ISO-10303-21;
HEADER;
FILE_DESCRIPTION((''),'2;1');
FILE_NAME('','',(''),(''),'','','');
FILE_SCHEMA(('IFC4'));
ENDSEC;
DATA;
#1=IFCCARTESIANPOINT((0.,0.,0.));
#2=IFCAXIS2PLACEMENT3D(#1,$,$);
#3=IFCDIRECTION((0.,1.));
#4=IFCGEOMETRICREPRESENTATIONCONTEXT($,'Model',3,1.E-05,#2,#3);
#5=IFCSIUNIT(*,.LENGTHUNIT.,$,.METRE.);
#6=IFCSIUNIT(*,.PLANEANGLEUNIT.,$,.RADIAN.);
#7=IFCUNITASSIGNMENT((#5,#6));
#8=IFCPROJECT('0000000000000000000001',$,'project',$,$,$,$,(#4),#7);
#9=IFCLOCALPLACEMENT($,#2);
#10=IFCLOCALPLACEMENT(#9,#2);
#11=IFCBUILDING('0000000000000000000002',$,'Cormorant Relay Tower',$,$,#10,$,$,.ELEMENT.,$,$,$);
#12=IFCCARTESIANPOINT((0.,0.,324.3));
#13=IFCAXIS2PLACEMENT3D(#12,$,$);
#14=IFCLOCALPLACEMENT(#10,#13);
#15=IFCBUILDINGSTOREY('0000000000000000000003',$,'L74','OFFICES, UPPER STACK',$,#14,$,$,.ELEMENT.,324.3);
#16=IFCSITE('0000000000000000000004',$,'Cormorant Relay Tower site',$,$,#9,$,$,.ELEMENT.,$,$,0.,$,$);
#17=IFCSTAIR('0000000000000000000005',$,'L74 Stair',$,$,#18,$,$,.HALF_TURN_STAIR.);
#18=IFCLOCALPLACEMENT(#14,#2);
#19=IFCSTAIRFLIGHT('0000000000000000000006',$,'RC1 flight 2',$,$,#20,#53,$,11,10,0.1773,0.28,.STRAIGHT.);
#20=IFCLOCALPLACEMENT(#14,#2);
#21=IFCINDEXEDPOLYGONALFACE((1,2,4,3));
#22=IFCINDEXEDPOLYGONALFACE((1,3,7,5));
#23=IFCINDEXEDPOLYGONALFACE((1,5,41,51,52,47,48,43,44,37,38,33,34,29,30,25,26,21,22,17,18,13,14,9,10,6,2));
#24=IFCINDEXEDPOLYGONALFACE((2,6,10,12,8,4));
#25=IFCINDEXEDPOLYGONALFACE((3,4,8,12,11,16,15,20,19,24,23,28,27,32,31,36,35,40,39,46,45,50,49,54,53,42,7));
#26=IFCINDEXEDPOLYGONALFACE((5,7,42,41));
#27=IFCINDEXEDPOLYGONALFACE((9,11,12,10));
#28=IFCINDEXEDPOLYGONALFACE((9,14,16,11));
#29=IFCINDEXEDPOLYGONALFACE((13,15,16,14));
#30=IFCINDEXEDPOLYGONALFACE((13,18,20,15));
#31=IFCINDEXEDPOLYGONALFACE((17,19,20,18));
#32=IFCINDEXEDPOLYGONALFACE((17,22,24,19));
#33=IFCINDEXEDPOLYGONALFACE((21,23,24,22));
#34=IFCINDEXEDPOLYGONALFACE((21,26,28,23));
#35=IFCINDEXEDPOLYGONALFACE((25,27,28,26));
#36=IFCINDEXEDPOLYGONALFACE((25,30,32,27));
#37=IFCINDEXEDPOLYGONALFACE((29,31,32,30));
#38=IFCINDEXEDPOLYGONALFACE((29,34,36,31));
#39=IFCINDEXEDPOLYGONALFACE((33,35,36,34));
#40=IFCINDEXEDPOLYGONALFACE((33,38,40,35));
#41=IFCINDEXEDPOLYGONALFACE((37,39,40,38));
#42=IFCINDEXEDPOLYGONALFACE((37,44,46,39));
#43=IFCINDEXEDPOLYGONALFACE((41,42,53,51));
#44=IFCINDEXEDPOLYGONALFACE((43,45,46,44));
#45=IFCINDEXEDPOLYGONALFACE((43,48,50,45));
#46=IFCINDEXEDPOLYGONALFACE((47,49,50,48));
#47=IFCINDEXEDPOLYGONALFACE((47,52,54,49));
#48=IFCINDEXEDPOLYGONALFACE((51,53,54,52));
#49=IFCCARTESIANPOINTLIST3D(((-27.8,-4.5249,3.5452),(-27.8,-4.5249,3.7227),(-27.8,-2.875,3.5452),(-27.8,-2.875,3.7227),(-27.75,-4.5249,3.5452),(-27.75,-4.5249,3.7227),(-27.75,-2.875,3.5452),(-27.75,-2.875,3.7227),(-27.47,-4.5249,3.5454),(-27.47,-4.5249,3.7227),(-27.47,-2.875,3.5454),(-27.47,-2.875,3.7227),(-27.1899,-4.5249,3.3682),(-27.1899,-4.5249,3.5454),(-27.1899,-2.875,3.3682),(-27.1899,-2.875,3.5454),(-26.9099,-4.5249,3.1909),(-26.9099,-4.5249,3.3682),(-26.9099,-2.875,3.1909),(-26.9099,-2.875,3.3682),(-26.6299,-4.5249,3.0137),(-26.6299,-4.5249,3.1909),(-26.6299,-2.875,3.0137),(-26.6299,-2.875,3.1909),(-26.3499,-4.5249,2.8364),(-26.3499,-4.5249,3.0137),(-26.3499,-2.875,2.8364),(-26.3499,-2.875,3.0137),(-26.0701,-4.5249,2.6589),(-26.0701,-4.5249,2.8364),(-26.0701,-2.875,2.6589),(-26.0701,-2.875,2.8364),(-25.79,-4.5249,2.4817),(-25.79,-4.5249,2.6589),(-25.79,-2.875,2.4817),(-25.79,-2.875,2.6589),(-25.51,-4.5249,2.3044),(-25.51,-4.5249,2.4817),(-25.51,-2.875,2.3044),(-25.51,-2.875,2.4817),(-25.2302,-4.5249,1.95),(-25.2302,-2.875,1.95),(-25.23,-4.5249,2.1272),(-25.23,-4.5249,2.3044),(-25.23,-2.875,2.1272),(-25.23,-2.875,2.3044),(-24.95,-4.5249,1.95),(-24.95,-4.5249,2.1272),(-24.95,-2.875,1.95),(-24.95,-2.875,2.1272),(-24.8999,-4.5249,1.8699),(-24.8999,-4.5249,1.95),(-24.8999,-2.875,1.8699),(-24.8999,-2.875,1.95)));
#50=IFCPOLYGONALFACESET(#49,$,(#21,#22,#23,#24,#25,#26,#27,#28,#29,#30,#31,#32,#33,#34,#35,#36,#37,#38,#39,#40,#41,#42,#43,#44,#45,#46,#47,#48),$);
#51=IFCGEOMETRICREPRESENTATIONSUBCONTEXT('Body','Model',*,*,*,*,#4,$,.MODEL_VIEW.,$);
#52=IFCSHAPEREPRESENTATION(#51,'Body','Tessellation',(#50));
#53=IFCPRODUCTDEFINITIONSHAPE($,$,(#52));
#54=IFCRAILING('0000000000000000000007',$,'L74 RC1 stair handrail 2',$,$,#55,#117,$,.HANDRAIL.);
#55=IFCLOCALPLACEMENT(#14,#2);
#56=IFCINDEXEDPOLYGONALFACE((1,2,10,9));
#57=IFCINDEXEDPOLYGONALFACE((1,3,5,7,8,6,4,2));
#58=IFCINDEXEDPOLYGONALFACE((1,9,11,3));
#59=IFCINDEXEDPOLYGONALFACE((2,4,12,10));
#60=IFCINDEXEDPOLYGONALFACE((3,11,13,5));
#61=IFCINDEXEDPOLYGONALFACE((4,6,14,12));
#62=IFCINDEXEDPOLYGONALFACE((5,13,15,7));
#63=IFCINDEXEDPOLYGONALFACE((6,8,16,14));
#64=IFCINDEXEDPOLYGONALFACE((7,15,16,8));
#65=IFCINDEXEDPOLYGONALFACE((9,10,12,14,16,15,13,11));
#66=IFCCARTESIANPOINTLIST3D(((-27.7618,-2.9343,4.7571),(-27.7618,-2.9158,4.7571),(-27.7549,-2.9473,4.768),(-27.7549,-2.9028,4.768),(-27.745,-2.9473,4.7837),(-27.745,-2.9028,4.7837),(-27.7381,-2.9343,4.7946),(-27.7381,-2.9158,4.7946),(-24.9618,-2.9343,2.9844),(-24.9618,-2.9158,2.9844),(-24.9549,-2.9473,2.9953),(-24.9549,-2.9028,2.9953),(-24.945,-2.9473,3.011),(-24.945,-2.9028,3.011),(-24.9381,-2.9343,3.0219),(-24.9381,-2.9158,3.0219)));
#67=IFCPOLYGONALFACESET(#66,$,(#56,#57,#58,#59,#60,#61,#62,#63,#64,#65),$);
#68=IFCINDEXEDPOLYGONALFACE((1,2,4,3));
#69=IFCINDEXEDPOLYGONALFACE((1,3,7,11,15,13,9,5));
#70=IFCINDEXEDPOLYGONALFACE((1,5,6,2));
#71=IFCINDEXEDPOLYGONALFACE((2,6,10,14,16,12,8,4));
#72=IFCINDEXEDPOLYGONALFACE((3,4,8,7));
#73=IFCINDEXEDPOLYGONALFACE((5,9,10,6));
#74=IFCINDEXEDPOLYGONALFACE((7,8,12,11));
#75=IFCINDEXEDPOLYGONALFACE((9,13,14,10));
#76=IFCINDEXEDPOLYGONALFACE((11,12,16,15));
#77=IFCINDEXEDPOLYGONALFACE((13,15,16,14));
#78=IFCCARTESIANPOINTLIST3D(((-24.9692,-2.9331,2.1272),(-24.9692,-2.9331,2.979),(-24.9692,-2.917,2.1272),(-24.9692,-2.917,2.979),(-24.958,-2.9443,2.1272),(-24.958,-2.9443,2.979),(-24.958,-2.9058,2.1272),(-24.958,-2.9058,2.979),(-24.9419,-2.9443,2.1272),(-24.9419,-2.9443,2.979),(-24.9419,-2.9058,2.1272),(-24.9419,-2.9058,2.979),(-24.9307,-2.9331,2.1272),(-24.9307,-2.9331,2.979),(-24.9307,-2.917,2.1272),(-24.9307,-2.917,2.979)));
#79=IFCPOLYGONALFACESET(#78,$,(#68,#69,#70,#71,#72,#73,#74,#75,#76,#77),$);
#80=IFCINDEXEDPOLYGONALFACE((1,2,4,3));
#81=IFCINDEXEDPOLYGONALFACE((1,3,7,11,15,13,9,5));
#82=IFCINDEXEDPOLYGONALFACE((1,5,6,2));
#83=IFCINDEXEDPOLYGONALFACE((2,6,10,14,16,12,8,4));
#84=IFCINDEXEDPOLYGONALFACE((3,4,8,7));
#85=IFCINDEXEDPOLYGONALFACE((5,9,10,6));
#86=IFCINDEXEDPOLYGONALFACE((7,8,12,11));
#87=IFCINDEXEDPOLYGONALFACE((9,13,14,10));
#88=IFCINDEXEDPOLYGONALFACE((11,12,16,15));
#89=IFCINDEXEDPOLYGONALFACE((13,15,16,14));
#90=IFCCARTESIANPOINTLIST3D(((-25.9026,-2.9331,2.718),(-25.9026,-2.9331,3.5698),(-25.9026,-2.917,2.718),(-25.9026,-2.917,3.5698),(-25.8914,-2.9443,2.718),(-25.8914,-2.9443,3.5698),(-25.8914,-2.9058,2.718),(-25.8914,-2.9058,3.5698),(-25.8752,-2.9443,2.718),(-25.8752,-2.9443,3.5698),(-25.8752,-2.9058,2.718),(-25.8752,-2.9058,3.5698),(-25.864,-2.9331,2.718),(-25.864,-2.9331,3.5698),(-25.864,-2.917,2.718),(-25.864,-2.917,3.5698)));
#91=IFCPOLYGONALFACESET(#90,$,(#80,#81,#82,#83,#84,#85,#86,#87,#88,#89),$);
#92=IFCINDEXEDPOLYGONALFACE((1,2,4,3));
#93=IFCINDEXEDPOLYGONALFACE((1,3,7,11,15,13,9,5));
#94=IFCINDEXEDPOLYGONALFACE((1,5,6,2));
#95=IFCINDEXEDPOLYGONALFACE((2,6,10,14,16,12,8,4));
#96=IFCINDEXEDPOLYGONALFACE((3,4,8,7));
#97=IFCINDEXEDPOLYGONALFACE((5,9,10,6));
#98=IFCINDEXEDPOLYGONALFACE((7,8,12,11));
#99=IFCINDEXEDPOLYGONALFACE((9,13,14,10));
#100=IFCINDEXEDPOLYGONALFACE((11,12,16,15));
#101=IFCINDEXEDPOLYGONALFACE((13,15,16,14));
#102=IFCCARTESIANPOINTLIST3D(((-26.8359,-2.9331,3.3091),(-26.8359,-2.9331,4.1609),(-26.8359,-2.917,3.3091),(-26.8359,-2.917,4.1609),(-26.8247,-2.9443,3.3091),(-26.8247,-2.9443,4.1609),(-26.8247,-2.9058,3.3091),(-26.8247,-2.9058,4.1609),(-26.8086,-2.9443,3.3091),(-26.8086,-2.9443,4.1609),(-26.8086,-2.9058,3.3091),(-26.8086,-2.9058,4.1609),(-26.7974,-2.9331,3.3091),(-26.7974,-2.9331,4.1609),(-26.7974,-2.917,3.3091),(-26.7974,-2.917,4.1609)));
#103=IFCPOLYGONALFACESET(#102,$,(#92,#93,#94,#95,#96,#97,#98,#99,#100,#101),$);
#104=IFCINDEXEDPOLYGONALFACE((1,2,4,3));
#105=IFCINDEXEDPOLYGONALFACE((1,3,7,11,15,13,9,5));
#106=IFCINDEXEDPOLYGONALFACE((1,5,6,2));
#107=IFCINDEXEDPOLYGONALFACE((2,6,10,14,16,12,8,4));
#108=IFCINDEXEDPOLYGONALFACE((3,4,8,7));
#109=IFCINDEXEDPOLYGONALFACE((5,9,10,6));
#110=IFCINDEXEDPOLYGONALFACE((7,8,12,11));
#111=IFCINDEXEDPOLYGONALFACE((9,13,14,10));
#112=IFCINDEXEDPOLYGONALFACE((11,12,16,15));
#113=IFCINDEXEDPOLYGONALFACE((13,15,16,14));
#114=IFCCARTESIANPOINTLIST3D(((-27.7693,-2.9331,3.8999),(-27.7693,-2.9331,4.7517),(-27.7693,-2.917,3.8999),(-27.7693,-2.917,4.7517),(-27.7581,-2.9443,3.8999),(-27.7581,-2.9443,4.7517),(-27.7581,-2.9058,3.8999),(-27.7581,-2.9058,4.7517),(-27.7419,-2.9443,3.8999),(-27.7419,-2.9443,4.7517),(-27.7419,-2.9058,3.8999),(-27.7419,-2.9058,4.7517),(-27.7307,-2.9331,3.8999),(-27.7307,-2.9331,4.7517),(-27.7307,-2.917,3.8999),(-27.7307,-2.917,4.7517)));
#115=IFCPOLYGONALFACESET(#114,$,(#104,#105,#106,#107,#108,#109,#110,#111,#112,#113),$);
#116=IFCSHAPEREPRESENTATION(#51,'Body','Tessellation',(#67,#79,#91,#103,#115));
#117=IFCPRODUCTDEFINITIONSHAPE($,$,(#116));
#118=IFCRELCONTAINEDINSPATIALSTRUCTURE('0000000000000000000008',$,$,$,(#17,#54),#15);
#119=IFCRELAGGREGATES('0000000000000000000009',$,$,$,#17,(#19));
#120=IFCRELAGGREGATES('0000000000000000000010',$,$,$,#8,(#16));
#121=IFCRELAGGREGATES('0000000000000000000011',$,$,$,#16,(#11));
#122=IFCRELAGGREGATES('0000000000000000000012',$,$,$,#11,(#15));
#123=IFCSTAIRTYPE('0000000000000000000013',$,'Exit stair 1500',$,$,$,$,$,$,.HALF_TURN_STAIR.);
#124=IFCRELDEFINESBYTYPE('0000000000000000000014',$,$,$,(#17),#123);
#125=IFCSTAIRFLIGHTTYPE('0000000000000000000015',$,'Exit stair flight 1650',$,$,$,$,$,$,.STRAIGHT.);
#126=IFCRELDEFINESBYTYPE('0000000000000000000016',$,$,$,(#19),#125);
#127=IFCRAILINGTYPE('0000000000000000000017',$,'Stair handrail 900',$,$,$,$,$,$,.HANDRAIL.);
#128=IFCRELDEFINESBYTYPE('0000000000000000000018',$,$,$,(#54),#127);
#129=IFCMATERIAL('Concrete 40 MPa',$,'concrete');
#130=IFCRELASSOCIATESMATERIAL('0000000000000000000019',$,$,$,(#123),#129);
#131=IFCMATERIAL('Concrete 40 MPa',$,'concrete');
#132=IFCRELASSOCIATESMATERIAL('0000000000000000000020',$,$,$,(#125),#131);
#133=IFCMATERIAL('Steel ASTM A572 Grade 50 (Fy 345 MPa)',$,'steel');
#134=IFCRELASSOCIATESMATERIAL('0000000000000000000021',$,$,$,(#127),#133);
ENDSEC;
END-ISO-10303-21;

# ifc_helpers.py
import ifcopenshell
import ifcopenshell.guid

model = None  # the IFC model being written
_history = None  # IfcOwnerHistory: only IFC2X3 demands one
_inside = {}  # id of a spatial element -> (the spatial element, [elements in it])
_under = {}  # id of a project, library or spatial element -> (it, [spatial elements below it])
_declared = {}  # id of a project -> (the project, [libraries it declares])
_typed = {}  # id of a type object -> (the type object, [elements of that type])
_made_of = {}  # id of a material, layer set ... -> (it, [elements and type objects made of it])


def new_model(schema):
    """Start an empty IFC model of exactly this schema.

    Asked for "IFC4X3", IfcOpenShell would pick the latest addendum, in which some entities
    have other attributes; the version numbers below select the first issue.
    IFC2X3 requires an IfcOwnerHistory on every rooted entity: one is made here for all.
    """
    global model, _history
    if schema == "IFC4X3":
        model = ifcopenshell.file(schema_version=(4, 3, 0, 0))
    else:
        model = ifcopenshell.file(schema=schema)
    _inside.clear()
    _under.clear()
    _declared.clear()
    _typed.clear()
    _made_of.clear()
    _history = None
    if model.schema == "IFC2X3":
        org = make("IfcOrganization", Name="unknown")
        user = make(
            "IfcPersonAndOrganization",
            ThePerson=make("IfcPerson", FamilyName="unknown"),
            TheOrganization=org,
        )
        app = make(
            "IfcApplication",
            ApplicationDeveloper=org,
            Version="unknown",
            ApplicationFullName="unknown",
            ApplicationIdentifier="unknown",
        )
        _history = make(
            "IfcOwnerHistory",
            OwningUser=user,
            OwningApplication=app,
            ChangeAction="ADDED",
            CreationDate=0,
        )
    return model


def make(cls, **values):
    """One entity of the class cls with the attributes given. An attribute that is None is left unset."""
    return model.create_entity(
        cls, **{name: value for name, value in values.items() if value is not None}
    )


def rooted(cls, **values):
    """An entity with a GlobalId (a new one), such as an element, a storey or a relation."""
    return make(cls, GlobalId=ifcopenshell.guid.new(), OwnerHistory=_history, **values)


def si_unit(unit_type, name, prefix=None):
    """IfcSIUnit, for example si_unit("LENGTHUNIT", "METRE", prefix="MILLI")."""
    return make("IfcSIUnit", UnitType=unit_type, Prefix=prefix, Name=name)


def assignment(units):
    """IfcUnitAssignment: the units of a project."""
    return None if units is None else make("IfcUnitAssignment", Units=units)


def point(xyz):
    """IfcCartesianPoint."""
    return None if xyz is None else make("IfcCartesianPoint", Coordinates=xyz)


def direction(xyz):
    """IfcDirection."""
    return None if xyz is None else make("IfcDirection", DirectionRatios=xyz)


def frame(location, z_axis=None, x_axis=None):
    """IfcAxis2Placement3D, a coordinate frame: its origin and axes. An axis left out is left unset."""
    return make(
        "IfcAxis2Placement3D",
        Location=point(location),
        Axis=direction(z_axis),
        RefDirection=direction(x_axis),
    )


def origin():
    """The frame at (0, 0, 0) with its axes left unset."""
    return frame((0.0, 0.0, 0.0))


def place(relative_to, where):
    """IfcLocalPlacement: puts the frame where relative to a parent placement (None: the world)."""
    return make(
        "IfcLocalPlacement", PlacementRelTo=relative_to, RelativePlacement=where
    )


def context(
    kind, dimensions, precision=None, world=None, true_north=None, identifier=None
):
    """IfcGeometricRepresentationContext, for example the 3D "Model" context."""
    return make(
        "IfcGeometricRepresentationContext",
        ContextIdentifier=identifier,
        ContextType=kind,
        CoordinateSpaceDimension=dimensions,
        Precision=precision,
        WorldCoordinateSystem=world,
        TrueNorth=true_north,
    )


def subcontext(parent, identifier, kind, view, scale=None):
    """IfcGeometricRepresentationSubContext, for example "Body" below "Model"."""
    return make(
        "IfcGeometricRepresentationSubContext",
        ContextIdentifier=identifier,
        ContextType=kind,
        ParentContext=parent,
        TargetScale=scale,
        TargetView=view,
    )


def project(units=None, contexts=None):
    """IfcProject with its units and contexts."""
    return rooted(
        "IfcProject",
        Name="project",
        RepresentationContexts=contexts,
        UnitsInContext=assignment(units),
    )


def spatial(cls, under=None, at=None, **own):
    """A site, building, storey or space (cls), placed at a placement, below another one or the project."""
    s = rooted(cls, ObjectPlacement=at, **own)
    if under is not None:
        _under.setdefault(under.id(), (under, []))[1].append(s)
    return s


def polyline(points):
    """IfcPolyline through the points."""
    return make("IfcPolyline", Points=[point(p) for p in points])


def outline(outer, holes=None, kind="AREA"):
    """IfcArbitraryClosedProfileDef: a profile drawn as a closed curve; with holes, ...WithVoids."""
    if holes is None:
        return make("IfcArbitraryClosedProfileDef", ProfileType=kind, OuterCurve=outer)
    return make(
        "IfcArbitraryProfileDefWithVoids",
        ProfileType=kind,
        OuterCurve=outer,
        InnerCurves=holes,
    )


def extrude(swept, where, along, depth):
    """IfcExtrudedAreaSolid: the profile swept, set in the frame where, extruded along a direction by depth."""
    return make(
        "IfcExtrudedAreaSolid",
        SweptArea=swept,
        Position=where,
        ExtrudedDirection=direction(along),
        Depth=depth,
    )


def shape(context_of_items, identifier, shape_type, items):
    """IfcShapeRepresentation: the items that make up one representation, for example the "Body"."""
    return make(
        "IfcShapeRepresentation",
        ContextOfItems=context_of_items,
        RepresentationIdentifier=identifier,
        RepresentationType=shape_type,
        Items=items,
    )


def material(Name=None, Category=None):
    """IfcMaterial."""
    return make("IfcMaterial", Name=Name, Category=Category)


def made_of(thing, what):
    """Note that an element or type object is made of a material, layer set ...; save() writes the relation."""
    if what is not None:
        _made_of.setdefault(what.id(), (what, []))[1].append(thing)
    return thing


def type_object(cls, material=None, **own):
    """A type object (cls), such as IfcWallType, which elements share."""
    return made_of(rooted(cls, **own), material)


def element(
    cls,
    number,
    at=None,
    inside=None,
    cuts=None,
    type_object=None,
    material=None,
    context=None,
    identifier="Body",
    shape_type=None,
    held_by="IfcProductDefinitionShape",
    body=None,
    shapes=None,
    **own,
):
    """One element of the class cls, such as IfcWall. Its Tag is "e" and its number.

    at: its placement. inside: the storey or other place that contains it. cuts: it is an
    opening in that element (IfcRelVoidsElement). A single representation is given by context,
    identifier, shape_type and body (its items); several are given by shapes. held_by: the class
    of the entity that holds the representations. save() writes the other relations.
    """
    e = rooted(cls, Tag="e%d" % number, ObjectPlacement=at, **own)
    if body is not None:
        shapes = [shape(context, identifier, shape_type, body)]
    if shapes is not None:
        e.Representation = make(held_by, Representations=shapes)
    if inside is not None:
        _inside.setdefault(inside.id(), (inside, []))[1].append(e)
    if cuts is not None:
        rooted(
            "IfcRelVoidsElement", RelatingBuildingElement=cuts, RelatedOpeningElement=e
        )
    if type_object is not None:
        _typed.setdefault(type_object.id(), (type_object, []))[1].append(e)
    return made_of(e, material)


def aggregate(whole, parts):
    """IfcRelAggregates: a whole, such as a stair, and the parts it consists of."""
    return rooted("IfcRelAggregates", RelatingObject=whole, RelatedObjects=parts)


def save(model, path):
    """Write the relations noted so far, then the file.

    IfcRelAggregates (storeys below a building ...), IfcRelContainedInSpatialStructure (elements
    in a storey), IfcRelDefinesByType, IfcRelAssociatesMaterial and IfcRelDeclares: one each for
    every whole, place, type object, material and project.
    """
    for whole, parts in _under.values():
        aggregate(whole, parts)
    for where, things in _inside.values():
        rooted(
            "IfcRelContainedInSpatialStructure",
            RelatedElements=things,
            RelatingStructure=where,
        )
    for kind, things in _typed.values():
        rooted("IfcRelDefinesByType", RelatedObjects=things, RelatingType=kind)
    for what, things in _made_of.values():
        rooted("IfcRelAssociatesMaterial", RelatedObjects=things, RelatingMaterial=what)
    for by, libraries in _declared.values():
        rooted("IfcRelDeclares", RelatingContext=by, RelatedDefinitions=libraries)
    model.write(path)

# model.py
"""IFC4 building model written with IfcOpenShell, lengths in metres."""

from ifc_helpers import new_model, si_unit, direction, frame, origin, place, context, subcontext, project, spatial, polyline, outline, extrude, material, type_object, element, aggregate, save


model = new_model("IFC4")

# Units and contexts
model_context = context("Model", 3, precision=1e-05, world=origin(), true_north=direction((0.0, 1.0)))
body_context = subcontext(model_context, "Body", "Model", "MODEL_VIEW")
ifc_project = project(units=[si_unit("LENGTHUNIT", "METRE"), si_unit("PLANEANGLEUNIT", "RADIAN")], contexts=[model_context])

# Site, building, storey
site_placement = place(None, origin())
site = spatial("IfcSite", under=ifc_project, at=site_placement, Name="Cormorant Relay Tower site", CompositionType="ELEMENT", RefElevation=0.0)
building_placement = place(site_placement, origin())
building = spatial("IfcBuilding", under=site, at=building_placement, Name="Cormorant Relay Tower", CompositionType="ELEMENT")
storey_placement = place(building_placement, frame((0.0, 0.0, 324.3)))
storey = spatial("IfcBuildingStorey", under=building, at=storey_placement, Name="L74", Description="OFFICES, UPPER STACK", CompositionType="ELEMENT", Elevation=324.3)

# Stair, stair flight
ifc_material_1 = material(Name="Concrete 40 MPa", Category="concrete")
stair_type = type_object("IfcStairType", Name="Exit stair 1500", PredefinedType="HALF_TURN_STAIR", material=ifc_material_1)
stair_placement = place(storey_placement, origin())
stair = element("IfcStair", 1, at=stair_placement, inside=storey, type_object=stair_type, Name="L74 Stair", PredefinedType="HALF_TURN_STAIR")
ifc_material_2 = material(Name="Concrete 40 MPa", Category="concrete")
stair_flight_type = type_object("IfcStairFlightType", Name="Exit stair flight 1650", PredefinedType="STRAIGHT", material=ifc_material_2)
stair_flight_placement = place(storey_placement, frame((-24.95, -3.7, 1.95), z_axis=(0.0, 0.0, 1.0), x_axis=(-1.0, 0.0, 0.0)))
stair_flight = element("IfcStairFlight", 2, at=stair_flight_placement, type_object=stair_flight_type, Name="RC1 flight 2", NumberOfRisers=11, NumberOfTreads=10, PredefinedType="STRAIGHT", RiserHeight=0.1773, TreadLength=0.28, context=body_context, shape_type="SweptSolid", body=[
    extrude(outline(polyline([(-0.05, -0.0801), (-0.05, 0.0), (0.0, 0.0), (0.0, 0.1772), (0.28, 0.1772), (0.28, 0.3545), (0.5601, 0.3545), (0.5601, 0.5317), (0.8401, 0.5317), (0.8401, 0.709), (1.1201, 0.709), (1.1201, 0.8865), (1.3999, 0.8865), (1.3999, 1.0637), (1.6799, 1.0637), (1.6799, 1.241), (1.96, 1.241), (1.96, 1.4182), (2.24, 1.4182), (2.24, 1.5955), (2.52, 1.5955), (2.52, 1.7727), (2.8, 1.7727), (2.8501, 1.7727), (2.8501, 1.5952), (2.8, 1.5952), (0.2803, 0.0), (-0.05, -0.0801)])), frame((0.0, 0.825, 0.0), z_axis=(0.0, -1.0, 0.0), x_axis=(1.0, 0.0, 0.0)), (0.0, 0.0, 1.0), 1.6499),
])
aggregate(stair, [stair_flight])

# Railing
ifc_material_3 = material(Name="Steel ASTM A572 Grade 50 (Fy 345 MPa)", Category="steel")
railing_type = type_object("IfcRailingType", Name="Stair handrail 900", PredefinedType="HANDRAIL", material=ifc_material_3)
railing_placement = place(storey_placement, frame((-24.95, -2.925, 2.1272)))
element("IfcRailing", 3, at=railing_placement, inside=storey, type_object=railing_type, Name="L74 RC1 stair handrail 2", PredefinedType="HANDRAIL", context=body_context, shape_type="SweptSolid", body=[
    extrude(outline(polyline([(0.0222, 0.0093), (0.0093, 0.0222), (-0.0093, 0.0222), (-0.0222, 0.0093), (-0.0222, -0.0093), (-0.0093, -0.0222), (0.0093, -0.0222), (0.0222, -0.0093), (0.0222, 0.0093)])), frame((0.0, 0.0, 0.876), z_axis=(-0.844909, 0.0, 0.53491), x_axis=(0.0, -1.0, 0.0)), (0.0, 0.0, 1.0), 3.314),
    extrude(outline(polyline([(0.0193, 0.0081), (0.0081, 0.0193), (-0.0081, 0.0193), (-0.0193, 0.0081), (-0.0193, -0.0081), (-0.0081, -0.0193), (0.0081, -0.0193), (0.0193, -0.0081), (0.0193, 0.0081)])), origin(), (0.0, 0.0, 1.0), 0.8518),
    extrude(outline(polyline([(0.0193, 0.0081), (0.0081, 0.0193), (-0.0081, 0.0193), (-0.0193, 0.0081), (-0.0193, -0.0081), (-0.0081, -0.0193), (0.0081, -0.0193), (0.0193, -0.0081), (0.0193, 0.0081)])), frame((-0.9333, 0.0, 0.5908)), (0.0, 0.0, 1.0), 0.8518),
    extrude(outline(polyline([(0.0193, 0.0081), (0.0081, 0.0193), (-0.0081, 0.0193), (-0.0193, 0.0081), (-0.0193, -0.0081), (-0.0081, -0.0193), (0.0081, -0.0193), (0.0193, -0.0081), (0.0193, 0.0081)])), frame((-1.8667, 0.0, 1.1819)), (0.0, 0.0, 1.0), 0.8518),
    extrude(outline(polyline([(0.0193, 0.0081), (0.0081, 0.0193), (-0.0081, 0.0193), (-0.0193, 0.0081), (-0.0193, -0.0081), (-0.0081, -0.0193), (0.0081, -0.0193), (0.0193, -0.0081), (0.0193, 0.0081)])), frame((-2.8, 0.0, 1.7727)), (0.0, 0.0, 1.0), 0.8518),
])

save(model, "model.ifc")
